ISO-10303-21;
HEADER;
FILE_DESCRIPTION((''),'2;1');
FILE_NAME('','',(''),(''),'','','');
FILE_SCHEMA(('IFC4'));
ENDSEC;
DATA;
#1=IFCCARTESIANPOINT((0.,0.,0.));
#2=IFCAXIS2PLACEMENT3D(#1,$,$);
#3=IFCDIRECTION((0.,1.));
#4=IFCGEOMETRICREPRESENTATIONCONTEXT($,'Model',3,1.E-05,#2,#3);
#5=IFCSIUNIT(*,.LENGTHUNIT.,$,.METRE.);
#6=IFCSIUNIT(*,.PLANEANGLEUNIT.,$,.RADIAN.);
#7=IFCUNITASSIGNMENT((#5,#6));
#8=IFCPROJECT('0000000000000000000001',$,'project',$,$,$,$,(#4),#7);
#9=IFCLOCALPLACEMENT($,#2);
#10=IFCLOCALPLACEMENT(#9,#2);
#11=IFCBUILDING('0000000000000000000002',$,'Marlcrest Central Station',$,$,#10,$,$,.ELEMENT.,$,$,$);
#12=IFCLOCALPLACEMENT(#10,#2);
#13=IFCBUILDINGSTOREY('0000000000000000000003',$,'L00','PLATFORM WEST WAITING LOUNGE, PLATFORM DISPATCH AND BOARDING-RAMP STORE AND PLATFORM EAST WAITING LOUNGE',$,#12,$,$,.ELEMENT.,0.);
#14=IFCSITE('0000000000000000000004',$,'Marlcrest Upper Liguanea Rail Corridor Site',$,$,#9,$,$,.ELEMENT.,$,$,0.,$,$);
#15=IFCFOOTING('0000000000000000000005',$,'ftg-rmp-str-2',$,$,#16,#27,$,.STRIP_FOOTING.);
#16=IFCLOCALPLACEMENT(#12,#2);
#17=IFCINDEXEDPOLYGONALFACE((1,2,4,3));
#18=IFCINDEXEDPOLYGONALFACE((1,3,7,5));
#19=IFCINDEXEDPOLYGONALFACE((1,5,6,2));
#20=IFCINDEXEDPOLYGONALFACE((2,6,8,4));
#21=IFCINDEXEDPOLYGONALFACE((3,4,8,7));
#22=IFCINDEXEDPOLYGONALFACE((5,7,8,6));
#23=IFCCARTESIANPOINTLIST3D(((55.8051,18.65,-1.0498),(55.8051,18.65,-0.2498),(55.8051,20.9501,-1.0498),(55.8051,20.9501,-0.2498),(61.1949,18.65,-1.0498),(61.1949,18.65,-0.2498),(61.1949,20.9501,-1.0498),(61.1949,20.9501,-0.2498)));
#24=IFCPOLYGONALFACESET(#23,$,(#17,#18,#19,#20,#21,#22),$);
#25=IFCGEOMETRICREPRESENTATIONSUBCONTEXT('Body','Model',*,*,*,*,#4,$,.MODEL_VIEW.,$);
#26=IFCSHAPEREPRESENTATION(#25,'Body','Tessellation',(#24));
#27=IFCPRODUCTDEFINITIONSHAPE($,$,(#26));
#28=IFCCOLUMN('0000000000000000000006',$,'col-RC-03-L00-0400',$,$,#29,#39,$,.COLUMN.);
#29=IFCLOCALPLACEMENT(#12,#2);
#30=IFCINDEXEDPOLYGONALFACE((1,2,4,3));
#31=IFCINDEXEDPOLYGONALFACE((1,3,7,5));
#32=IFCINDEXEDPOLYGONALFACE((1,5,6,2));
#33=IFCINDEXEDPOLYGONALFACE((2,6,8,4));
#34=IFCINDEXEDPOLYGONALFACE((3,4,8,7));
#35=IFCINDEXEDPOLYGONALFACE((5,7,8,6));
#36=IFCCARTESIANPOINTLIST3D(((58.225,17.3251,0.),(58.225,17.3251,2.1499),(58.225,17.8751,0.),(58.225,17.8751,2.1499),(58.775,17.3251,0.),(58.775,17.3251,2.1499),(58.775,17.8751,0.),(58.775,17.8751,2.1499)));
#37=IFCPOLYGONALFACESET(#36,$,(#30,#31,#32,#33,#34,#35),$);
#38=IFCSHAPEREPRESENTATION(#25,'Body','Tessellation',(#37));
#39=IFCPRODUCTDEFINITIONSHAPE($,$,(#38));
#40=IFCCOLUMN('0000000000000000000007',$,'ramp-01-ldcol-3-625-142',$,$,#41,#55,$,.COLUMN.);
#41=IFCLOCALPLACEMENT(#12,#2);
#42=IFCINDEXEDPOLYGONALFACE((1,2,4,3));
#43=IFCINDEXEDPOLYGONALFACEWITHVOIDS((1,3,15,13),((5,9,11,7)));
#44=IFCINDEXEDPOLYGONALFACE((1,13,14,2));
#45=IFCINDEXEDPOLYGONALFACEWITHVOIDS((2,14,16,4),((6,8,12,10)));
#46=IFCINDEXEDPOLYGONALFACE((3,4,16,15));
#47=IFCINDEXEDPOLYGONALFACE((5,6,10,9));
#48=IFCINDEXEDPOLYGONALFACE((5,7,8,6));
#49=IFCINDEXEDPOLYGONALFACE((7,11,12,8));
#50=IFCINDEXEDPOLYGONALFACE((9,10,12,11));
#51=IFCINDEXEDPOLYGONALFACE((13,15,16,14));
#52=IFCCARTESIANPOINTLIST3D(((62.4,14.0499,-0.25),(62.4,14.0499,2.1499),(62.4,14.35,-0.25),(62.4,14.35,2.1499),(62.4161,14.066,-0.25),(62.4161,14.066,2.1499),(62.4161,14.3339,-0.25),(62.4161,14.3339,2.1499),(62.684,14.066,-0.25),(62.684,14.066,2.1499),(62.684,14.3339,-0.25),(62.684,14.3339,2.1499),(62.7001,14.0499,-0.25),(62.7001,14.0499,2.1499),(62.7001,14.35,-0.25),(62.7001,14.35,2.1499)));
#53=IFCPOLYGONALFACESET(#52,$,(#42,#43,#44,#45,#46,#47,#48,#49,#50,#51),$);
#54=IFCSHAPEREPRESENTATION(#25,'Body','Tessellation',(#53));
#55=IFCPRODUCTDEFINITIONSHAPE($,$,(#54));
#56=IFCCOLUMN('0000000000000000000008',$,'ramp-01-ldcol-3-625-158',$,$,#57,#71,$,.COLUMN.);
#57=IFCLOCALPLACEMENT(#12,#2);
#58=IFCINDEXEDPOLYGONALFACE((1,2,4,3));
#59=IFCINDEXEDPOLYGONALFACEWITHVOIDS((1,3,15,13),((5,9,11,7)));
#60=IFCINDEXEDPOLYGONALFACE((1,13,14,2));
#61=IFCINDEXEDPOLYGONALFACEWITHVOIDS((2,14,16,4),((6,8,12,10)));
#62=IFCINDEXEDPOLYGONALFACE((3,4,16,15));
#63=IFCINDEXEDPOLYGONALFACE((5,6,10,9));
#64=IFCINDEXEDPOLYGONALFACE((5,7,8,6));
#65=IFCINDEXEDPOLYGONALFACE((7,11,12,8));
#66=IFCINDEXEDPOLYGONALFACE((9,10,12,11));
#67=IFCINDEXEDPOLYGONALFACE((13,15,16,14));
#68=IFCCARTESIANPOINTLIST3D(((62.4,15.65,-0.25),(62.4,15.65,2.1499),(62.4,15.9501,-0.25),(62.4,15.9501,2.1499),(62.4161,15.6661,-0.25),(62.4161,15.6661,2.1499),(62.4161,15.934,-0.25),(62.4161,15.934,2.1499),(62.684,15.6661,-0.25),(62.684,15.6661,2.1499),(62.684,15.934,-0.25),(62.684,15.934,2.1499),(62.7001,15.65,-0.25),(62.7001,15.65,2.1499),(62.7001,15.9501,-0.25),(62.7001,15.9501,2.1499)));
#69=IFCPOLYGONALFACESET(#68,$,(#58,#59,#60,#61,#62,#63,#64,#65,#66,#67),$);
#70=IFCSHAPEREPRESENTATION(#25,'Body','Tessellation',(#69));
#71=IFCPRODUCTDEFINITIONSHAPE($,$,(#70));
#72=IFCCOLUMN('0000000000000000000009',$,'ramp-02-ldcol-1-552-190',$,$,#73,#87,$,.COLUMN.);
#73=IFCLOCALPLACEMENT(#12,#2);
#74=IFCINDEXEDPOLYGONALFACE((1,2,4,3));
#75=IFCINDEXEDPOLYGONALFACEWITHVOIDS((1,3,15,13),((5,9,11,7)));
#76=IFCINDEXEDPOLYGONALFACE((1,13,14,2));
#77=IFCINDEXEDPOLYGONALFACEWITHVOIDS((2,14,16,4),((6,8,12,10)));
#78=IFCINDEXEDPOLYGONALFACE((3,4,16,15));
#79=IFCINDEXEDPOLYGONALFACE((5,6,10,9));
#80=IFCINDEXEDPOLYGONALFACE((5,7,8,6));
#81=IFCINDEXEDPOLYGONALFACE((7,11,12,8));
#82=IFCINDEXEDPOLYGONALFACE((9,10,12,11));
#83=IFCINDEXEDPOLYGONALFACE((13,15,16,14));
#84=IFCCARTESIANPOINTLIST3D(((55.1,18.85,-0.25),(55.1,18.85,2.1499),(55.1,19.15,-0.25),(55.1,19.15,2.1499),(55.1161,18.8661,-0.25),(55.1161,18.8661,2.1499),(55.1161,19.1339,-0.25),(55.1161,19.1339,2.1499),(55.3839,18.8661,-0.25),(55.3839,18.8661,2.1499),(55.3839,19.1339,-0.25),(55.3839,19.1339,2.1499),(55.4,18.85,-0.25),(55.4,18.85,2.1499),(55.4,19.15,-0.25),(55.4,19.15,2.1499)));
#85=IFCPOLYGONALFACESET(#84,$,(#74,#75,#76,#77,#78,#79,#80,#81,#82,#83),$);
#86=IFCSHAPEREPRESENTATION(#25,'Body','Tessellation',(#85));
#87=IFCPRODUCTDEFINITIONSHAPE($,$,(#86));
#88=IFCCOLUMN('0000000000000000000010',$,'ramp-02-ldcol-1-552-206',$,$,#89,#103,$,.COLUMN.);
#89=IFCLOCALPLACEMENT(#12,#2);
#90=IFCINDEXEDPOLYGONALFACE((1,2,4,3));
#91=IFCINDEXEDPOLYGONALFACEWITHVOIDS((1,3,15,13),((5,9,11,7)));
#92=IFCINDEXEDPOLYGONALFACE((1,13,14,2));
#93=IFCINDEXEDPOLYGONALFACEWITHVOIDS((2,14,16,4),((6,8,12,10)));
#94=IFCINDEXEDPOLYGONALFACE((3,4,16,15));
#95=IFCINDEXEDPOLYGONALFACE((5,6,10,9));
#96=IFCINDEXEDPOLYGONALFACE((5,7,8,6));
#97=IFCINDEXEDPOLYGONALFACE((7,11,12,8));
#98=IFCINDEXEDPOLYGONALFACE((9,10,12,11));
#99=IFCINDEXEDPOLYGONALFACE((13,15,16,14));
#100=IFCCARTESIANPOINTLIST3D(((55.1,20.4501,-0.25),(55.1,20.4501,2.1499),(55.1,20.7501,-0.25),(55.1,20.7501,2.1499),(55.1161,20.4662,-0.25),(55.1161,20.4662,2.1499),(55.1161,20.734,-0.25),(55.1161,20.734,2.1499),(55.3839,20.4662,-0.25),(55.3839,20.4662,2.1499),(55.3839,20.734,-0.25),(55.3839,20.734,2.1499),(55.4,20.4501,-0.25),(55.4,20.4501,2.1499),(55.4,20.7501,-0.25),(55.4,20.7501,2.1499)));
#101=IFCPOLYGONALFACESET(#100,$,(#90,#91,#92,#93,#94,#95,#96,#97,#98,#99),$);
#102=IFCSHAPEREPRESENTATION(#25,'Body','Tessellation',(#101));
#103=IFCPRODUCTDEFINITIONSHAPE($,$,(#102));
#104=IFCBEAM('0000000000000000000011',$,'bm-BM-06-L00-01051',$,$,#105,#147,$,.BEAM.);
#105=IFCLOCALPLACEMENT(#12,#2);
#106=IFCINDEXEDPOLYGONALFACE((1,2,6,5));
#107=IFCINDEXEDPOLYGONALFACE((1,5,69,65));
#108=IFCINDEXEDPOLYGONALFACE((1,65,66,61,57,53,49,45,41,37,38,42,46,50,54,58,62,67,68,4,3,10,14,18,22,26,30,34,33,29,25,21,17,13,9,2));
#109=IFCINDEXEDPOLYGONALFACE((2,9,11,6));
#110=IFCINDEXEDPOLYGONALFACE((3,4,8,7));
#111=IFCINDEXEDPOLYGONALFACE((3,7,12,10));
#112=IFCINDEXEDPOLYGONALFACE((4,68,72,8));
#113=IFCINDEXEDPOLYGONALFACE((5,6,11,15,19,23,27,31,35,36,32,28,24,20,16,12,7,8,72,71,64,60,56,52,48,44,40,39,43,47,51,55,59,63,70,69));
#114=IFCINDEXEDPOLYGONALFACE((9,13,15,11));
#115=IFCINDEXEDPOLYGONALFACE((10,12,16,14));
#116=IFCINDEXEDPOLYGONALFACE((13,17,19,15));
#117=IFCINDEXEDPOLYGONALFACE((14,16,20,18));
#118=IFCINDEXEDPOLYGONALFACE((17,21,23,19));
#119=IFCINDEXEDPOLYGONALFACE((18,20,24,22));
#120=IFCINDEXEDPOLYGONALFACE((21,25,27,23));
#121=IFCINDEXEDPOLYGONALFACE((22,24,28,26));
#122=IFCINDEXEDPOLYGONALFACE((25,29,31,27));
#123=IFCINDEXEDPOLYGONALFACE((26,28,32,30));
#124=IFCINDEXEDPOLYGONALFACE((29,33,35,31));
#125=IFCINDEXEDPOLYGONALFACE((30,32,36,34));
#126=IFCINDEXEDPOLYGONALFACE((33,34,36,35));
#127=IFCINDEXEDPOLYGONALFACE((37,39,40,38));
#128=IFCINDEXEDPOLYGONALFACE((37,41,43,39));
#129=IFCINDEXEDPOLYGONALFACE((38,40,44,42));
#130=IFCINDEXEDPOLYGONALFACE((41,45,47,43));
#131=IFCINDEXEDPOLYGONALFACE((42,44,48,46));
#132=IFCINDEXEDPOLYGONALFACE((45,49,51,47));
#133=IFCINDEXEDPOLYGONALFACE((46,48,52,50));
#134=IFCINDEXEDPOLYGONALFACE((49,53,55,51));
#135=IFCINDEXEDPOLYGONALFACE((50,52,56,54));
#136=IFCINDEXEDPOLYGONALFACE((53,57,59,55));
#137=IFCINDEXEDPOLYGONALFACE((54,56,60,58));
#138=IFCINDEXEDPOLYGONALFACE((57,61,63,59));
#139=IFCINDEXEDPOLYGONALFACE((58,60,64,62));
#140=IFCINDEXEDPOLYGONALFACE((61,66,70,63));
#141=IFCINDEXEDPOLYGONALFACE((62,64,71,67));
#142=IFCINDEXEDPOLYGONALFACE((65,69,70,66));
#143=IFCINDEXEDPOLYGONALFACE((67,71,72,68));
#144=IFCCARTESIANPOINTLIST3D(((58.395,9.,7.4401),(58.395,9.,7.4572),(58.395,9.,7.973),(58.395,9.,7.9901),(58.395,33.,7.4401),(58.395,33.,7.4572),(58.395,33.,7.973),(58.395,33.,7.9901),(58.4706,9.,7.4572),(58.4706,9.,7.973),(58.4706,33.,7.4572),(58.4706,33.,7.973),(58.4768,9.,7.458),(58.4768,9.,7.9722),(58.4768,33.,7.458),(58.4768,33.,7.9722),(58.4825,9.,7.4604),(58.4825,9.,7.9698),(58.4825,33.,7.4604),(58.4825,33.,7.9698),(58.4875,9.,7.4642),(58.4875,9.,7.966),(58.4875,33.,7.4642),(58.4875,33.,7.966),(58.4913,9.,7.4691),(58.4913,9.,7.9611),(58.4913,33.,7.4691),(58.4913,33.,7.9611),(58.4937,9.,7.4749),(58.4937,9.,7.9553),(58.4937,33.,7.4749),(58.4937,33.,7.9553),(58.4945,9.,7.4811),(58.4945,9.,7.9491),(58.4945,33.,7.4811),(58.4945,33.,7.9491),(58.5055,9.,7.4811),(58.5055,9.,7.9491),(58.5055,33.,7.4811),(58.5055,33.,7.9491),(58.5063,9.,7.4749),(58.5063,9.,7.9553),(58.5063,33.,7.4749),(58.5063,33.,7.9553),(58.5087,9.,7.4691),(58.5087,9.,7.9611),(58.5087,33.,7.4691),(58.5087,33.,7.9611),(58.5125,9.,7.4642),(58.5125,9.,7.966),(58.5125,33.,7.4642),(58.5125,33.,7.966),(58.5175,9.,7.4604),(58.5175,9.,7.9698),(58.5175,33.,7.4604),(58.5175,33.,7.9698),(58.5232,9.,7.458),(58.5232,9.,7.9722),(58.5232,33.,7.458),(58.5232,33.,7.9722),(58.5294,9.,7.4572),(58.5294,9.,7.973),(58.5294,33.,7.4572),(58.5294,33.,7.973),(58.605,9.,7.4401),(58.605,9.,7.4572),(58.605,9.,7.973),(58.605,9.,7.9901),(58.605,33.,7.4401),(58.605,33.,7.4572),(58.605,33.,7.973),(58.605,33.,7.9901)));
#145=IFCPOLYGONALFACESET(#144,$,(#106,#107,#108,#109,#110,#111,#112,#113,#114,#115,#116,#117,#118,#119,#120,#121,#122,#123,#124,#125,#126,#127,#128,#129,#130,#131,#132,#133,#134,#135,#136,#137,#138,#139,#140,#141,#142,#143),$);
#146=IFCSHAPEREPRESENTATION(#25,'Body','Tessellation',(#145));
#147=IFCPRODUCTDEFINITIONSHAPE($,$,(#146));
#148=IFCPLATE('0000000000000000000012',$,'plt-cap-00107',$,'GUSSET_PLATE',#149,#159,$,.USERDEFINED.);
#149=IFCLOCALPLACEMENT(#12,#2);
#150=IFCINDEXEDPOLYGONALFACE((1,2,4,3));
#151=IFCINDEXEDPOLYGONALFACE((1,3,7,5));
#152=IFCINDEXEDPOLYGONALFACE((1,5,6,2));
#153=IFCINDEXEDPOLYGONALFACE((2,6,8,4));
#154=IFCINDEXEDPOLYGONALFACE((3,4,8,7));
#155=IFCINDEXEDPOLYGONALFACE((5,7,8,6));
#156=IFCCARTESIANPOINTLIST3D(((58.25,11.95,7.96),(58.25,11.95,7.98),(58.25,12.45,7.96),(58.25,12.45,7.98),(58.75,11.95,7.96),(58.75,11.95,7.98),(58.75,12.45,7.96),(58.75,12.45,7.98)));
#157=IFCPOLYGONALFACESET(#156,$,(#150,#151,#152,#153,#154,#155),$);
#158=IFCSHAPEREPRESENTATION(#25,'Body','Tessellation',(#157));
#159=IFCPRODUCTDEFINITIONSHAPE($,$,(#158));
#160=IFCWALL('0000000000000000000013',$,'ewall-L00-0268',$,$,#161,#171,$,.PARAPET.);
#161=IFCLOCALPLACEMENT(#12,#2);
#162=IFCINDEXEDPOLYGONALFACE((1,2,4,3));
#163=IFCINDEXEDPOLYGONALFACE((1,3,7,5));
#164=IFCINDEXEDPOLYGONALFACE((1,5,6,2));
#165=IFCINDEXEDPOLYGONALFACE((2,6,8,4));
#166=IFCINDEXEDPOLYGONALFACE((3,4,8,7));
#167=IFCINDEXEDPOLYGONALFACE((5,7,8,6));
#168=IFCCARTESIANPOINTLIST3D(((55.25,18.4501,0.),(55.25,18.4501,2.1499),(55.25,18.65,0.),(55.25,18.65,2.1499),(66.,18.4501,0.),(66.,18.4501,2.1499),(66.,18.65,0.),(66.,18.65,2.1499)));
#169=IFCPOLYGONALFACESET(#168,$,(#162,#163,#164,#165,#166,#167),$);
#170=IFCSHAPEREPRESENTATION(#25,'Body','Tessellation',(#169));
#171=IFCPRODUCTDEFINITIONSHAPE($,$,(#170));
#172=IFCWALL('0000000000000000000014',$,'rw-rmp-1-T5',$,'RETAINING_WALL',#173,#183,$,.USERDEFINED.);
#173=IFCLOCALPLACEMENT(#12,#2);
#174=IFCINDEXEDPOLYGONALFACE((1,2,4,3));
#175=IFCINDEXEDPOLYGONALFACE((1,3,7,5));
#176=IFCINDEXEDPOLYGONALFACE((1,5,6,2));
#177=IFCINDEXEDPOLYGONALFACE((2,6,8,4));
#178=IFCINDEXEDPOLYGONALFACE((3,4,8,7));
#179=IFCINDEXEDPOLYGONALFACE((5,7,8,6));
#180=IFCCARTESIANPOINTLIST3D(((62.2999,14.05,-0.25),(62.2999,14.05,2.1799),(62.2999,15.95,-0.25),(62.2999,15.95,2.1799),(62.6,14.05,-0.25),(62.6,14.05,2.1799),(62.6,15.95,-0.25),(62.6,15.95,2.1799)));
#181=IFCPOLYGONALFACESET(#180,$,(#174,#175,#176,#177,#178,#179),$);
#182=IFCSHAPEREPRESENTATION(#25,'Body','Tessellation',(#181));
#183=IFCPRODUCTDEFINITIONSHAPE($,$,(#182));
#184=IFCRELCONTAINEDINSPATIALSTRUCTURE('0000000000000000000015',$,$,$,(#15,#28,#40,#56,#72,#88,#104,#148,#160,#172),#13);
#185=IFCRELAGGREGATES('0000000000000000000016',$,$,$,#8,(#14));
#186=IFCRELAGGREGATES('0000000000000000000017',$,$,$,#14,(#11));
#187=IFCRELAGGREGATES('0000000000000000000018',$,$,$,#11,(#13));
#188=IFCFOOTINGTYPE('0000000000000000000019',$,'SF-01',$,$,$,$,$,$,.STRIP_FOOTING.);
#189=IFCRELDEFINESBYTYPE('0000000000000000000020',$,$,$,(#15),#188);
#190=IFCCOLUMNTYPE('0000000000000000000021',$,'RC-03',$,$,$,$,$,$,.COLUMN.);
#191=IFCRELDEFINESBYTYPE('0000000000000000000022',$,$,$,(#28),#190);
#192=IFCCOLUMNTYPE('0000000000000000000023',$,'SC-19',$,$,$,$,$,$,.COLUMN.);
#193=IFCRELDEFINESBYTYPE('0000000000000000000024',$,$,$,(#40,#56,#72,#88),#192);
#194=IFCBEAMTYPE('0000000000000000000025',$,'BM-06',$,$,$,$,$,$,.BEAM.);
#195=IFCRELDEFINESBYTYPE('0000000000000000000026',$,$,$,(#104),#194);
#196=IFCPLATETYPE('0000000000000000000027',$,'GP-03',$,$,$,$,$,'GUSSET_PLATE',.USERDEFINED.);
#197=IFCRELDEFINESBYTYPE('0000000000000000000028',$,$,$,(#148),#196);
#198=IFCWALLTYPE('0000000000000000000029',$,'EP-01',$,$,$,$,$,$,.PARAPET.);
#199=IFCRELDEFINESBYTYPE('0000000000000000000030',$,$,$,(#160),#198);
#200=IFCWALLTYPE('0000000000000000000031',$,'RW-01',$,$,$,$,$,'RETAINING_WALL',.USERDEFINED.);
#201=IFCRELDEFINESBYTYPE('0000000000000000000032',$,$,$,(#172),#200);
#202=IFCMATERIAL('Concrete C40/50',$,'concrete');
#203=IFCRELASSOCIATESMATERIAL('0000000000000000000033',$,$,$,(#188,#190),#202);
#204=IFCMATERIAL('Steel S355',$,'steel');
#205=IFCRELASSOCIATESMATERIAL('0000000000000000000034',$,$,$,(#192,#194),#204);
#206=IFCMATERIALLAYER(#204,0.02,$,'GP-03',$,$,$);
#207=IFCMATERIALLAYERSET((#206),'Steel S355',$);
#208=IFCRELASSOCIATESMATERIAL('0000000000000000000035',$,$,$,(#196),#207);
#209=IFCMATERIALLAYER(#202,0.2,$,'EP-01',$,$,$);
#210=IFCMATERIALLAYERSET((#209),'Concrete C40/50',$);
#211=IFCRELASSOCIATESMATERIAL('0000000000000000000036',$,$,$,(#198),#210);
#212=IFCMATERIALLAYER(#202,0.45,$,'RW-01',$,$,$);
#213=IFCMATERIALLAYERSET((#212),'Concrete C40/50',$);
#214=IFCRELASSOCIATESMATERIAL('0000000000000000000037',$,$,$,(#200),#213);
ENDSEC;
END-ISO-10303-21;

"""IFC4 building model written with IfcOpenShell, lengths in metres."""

from ifc_helpers import new_model, si_unit, direction, frame, frame_2d, origin, origin_2d, place, context, subcontext, project, spatial, rectangle, hollow_rectangle, i_section, extrude, material, layer, layer_set, material_profile, profile_set, type_object, element, save


model = new_model("IFC4")

# Units and contexts
model_context = context("Model", 3, precision=1e-05, world=origin(), true_north=direction((0.0, 1.0)))
body_context = subcontext(model_context, "Body", "Model", "MODEL_VIEW")
ifc_project = project(units=[si_unit("LENGTHUNIT", "METRE"), si_unit("PLANEANGLEUNIT", "RADIAN")], contexts=[model_context])

# Site, building, storey
site_placement = place(None, origin())
site = spatial("IfcSite", under=ifc_project, at=site_placement, Name="Marlcrest Upper Liguanea Rail Corridor Site", CompositionType="ELEMENT", RefElevation=0.0)
building_placement = place(site_placement, origin())
building = spatial("IfcBuilding", under=site, at=building_placement, Name="Marlcrest Central Station", CompositionType="ELEMENT")
storey_placement = place(building_placement, origin())
storey = spatial("IfcBuildingStorey", under=building, at=storey_placement, Name="L00", Description="PLATFORM WEST WAITING LOUNGE, PLATFORM DISPATCH AND BOARDING-RAMP STORE AND PLATFORM EAST WAITING LOUNGE", CompositionType="ELEMENT", Elevation=0.0)

# Footing
ifc_material_1 = material(Name="Concrete C40/50", Category="concrete")
footing_type_1 = type_object("IfcFootingType", Name="SF-01", PredefinedType="STRIP_FOOTING", material=ifc_material_1)
for number, where, z_axis, x_axis, name in (
    (1, (58.5, 19.8, -1.0498), (0.0, 0.0, 1.0), (1.0, 0.0, 0.0), "ftg-rmp-str-2"),
):
    element("IfcFooting", number, at=place(storey_placement, frame(where, z_axis=z_axis, x_axis=x_axis)), inside=storey, type_object=footing_type_1, Name=name, PredefinedType="STRIP_FOOTING", context=body_context, shape_type="SweptSolid", body=[
        extrude(rectangle(XDim=5.3899, YDim=2.3, at=origin_2d()), origin(), (0.0, 0.0, 1.0), 0.8),
    ])

# Columns
ifc_material_profile_1 = material_profile(ifc_material_1, rectangle(XDim=0.55, YDim=0.55, at=origin_2d()), Name="RC 550x550")
ifc_profile_set_1 = profile_set([ifc_material_profile_1], Name="Concrete C40/50")
column_type_1 = type_object("IfcColumnType", Name="RC-03", PredefinedType="COLUMN", material=ifc_profile_set_1)
column_placement = place(storey_placement, frame((58.5, 17.6001, 0.0), z_axis=(0.0, 0.0, 1.0), x_axis=(1.0, 0.0, 0.0)))
element("IfcColumn", 2, at=column_placement, inside=storey, type_object=column_type_1, Name="col-RC-03-L00-0400", PredefinedType="COLUMN", context=body_context, shape_type="SweptSolid", body=[
    extrude(rectangle(XDim=0.55, YDim=0.55, at=origin_2d()), origin(), (0.0, 0.0, 1.0), 2.1499),
])
ifc_material_2 = material(Name="Steel S355", Category="steel")
ifc_material_profile_2 = material_profile(ifc_material_2, hollow_rectangle(XDim=0.3, YDim=0.3, WallThickness=0.0161, at=origin_2d()), Name="SHS 300x300x16")
ifc_profile_set_2 = profile_set([ifc_material_profile_2], Name="Steel S355")
column_type_2 = type_object("IfcColumnType", Name="SC-19", PredefinedType="COLUMN", material=ifc_profile_set_2)
for number, where, z_axis, x_axis, name in (
    (3, (62.55, 14.2, -0.25), (0.0, 0.0, 1.0), (1.0, 0.0, 0.0), "ramp-01-ldcol-3-625-142"),
    (4, (62.55, 15.8, -0.25), (0.0, 0.0, 1.0), (1.0, 0.0, 0.0), "ramp-01-ldcol-3-625-158"),
    (5, (55.25, 19.0, -0.25), (0.0, 0.0, 1.0), (1.0, 0.0, 0.0), "ramp-02-ldcol-1-552-190"),
    (6, (55.25, 20.6001, -0.25), (0.0, 0.0, 1.0), (1.0, 0.0, 0.0), "ramp-02-ldcol-1-552-206"),
):
    element("IfcColumn", number, at=place(storey_placement, frame(where, z_axis=z_axis, x_axis=x_axis)), inside=storey, type_object=column_type_2, Name=name, PredefinedType="COLUMN", context=body_context, shape_type="SweptSolid", body=[
        extrude(hollow_rectangle(XDim=0.3, YDim=0.3, WallThickness=0.0161, at=origin_2d()), origin(), (0.0, 0.0, 1.0), 2.3999),
    ])

# Beam
ifc_material_profile_3 = material_profile(ifc_material_2, i_section(OverallWidth=0.21, OverallDepth=0.55, WebThickness=0.011, FlangeThickness=0.0171, FilletRadius=0.0239, at=origin_2d()), Name="IPE 550")
ifc_profile_set_3 = profile_set([ifc_material_profile_3], Name="Steel S355")
beam_type = type_object("IfcBeamType", Name="BM-06", PredefinedType="BEAM", material=ifc_profile_set_3)
beam_placement = place(storey_placement, frame((58.5, 9.0, 7.7151), z_axis=(0.0, 1.0, 0.0), x_axis=(-1.0, 0.0, 0.0)))
element("IfcBeam", 7, at=beam_placement, inside=storey, type_object=beam_type, Name="bm-BM-06-L00-01051", PredefinedType="BEAM", context=body_context, shape_type="SweptSolid", body=[
    extrude(i_section(OverallWidth=0.21, OverallDepth=0.55, WebThickness=0.011, FlangeThickness=0.0171, FilletRadius=0.0239, at=origin_2d()), origin(), (0.0, 0.0, 1.0), 24.0),
])

# Plate
ifc_layer_1 = layer(ifc_material_2, 0.02, Name="GP-03")
ifc_layer_set_1 = layer_set([ifc_layer_1], Name="Steel S355")
plate_type = type_object("IfcPlateType", Name="GP-03", ElementType="GUSSET_PLATE", PredefinedType="USERDEFINED", material=ifc_layer_set_1)
plate_placement = place(storey_placement, frame((58.5, 12.2, 7.96), z_axis=(0.0, 0.0, 1.0), x_axis=(1.0, 0.0, 0.0)))
element("IfcPlate", 8, at=plate_placement, inside=storey, type_object=plate_type, Name="plt-cap-00107", ObjectType="GUSSET_PLATE", PredefinedType="USERDEFINED", context=body_context, shape_type="SweptSolid", body=[
    extrude(rectangle(XDim=0.5, YDim=0.5, at=origin_2d()), origin(), (0.0, 0.0, 1.0), 0.02),
])

# Walls
ifc_layer_2 = layer(ifc_material_1, 0.2, Name="EP-01")
ifc_layer_set_2 = layer_set([ifc_layer_2], Name="Concrete C40/50")
wall_type_1 = type_object("IfcWallType", Name="EP-01", PredefinedType="PARAPET", material=ifc_layer_set_2)
wall_1_placement = place(storey_placement, frame((55.25, 18.55, 0.0), z_axis=(0.0, 0.0, 1.0), x_axis=(1.0, 0.0, 0.0)))
element("IfcWall", 9, at=wall_1_placement, inside=storey, type_object=wall_type_1, Name="ewall-L00-0268", PredefinedType="PARAPET", context=body_context, shape_type="SweptSolid", body=[
    extrude(rectangle(XDim=10.75, YDim=0.2, at=frame_2d((5.375, 0.0))), origin(), (0.0, 0.0, 1.0), 2.1499),
])
ifc_layer_3 = layer(ifc_material_1, 0.45, Name="RW-01")
ifc_layer_set_3 = layer_set([ifc_layer_3], Name="Concrete C40/50")
wall_type_2 = type_object("IfcWallType", Name="RW-01", ElementType="RETAINING_WALL", PredefinedType="USERDEFINED", material=ifc_layer_set_3)
wall_2_placement = place(storey_placement, frame((62.45, 14.05, -0.25), z_axis=(0.0, 0.0, 1.0), x_axis=(0.0, 1.0, 0.0)))
element("IfcWall", 10, at=wall_2_placement, inside=storey, type_object=wall_type_2, Name="rw-rmp-1-T5", ObjectType="RETAINING_WALL", PredefinedType="USERDEFINED", context=body_context, shape_type="SweptSolid", body=[
    extrude(rectangle(XDim=1.8999, YDim=0.3, at=frame_2d((0.95, 0.0))), origin(), (0.0, 0.0, 1.0), 2.4299),
])

save(model, "model.ifc")
